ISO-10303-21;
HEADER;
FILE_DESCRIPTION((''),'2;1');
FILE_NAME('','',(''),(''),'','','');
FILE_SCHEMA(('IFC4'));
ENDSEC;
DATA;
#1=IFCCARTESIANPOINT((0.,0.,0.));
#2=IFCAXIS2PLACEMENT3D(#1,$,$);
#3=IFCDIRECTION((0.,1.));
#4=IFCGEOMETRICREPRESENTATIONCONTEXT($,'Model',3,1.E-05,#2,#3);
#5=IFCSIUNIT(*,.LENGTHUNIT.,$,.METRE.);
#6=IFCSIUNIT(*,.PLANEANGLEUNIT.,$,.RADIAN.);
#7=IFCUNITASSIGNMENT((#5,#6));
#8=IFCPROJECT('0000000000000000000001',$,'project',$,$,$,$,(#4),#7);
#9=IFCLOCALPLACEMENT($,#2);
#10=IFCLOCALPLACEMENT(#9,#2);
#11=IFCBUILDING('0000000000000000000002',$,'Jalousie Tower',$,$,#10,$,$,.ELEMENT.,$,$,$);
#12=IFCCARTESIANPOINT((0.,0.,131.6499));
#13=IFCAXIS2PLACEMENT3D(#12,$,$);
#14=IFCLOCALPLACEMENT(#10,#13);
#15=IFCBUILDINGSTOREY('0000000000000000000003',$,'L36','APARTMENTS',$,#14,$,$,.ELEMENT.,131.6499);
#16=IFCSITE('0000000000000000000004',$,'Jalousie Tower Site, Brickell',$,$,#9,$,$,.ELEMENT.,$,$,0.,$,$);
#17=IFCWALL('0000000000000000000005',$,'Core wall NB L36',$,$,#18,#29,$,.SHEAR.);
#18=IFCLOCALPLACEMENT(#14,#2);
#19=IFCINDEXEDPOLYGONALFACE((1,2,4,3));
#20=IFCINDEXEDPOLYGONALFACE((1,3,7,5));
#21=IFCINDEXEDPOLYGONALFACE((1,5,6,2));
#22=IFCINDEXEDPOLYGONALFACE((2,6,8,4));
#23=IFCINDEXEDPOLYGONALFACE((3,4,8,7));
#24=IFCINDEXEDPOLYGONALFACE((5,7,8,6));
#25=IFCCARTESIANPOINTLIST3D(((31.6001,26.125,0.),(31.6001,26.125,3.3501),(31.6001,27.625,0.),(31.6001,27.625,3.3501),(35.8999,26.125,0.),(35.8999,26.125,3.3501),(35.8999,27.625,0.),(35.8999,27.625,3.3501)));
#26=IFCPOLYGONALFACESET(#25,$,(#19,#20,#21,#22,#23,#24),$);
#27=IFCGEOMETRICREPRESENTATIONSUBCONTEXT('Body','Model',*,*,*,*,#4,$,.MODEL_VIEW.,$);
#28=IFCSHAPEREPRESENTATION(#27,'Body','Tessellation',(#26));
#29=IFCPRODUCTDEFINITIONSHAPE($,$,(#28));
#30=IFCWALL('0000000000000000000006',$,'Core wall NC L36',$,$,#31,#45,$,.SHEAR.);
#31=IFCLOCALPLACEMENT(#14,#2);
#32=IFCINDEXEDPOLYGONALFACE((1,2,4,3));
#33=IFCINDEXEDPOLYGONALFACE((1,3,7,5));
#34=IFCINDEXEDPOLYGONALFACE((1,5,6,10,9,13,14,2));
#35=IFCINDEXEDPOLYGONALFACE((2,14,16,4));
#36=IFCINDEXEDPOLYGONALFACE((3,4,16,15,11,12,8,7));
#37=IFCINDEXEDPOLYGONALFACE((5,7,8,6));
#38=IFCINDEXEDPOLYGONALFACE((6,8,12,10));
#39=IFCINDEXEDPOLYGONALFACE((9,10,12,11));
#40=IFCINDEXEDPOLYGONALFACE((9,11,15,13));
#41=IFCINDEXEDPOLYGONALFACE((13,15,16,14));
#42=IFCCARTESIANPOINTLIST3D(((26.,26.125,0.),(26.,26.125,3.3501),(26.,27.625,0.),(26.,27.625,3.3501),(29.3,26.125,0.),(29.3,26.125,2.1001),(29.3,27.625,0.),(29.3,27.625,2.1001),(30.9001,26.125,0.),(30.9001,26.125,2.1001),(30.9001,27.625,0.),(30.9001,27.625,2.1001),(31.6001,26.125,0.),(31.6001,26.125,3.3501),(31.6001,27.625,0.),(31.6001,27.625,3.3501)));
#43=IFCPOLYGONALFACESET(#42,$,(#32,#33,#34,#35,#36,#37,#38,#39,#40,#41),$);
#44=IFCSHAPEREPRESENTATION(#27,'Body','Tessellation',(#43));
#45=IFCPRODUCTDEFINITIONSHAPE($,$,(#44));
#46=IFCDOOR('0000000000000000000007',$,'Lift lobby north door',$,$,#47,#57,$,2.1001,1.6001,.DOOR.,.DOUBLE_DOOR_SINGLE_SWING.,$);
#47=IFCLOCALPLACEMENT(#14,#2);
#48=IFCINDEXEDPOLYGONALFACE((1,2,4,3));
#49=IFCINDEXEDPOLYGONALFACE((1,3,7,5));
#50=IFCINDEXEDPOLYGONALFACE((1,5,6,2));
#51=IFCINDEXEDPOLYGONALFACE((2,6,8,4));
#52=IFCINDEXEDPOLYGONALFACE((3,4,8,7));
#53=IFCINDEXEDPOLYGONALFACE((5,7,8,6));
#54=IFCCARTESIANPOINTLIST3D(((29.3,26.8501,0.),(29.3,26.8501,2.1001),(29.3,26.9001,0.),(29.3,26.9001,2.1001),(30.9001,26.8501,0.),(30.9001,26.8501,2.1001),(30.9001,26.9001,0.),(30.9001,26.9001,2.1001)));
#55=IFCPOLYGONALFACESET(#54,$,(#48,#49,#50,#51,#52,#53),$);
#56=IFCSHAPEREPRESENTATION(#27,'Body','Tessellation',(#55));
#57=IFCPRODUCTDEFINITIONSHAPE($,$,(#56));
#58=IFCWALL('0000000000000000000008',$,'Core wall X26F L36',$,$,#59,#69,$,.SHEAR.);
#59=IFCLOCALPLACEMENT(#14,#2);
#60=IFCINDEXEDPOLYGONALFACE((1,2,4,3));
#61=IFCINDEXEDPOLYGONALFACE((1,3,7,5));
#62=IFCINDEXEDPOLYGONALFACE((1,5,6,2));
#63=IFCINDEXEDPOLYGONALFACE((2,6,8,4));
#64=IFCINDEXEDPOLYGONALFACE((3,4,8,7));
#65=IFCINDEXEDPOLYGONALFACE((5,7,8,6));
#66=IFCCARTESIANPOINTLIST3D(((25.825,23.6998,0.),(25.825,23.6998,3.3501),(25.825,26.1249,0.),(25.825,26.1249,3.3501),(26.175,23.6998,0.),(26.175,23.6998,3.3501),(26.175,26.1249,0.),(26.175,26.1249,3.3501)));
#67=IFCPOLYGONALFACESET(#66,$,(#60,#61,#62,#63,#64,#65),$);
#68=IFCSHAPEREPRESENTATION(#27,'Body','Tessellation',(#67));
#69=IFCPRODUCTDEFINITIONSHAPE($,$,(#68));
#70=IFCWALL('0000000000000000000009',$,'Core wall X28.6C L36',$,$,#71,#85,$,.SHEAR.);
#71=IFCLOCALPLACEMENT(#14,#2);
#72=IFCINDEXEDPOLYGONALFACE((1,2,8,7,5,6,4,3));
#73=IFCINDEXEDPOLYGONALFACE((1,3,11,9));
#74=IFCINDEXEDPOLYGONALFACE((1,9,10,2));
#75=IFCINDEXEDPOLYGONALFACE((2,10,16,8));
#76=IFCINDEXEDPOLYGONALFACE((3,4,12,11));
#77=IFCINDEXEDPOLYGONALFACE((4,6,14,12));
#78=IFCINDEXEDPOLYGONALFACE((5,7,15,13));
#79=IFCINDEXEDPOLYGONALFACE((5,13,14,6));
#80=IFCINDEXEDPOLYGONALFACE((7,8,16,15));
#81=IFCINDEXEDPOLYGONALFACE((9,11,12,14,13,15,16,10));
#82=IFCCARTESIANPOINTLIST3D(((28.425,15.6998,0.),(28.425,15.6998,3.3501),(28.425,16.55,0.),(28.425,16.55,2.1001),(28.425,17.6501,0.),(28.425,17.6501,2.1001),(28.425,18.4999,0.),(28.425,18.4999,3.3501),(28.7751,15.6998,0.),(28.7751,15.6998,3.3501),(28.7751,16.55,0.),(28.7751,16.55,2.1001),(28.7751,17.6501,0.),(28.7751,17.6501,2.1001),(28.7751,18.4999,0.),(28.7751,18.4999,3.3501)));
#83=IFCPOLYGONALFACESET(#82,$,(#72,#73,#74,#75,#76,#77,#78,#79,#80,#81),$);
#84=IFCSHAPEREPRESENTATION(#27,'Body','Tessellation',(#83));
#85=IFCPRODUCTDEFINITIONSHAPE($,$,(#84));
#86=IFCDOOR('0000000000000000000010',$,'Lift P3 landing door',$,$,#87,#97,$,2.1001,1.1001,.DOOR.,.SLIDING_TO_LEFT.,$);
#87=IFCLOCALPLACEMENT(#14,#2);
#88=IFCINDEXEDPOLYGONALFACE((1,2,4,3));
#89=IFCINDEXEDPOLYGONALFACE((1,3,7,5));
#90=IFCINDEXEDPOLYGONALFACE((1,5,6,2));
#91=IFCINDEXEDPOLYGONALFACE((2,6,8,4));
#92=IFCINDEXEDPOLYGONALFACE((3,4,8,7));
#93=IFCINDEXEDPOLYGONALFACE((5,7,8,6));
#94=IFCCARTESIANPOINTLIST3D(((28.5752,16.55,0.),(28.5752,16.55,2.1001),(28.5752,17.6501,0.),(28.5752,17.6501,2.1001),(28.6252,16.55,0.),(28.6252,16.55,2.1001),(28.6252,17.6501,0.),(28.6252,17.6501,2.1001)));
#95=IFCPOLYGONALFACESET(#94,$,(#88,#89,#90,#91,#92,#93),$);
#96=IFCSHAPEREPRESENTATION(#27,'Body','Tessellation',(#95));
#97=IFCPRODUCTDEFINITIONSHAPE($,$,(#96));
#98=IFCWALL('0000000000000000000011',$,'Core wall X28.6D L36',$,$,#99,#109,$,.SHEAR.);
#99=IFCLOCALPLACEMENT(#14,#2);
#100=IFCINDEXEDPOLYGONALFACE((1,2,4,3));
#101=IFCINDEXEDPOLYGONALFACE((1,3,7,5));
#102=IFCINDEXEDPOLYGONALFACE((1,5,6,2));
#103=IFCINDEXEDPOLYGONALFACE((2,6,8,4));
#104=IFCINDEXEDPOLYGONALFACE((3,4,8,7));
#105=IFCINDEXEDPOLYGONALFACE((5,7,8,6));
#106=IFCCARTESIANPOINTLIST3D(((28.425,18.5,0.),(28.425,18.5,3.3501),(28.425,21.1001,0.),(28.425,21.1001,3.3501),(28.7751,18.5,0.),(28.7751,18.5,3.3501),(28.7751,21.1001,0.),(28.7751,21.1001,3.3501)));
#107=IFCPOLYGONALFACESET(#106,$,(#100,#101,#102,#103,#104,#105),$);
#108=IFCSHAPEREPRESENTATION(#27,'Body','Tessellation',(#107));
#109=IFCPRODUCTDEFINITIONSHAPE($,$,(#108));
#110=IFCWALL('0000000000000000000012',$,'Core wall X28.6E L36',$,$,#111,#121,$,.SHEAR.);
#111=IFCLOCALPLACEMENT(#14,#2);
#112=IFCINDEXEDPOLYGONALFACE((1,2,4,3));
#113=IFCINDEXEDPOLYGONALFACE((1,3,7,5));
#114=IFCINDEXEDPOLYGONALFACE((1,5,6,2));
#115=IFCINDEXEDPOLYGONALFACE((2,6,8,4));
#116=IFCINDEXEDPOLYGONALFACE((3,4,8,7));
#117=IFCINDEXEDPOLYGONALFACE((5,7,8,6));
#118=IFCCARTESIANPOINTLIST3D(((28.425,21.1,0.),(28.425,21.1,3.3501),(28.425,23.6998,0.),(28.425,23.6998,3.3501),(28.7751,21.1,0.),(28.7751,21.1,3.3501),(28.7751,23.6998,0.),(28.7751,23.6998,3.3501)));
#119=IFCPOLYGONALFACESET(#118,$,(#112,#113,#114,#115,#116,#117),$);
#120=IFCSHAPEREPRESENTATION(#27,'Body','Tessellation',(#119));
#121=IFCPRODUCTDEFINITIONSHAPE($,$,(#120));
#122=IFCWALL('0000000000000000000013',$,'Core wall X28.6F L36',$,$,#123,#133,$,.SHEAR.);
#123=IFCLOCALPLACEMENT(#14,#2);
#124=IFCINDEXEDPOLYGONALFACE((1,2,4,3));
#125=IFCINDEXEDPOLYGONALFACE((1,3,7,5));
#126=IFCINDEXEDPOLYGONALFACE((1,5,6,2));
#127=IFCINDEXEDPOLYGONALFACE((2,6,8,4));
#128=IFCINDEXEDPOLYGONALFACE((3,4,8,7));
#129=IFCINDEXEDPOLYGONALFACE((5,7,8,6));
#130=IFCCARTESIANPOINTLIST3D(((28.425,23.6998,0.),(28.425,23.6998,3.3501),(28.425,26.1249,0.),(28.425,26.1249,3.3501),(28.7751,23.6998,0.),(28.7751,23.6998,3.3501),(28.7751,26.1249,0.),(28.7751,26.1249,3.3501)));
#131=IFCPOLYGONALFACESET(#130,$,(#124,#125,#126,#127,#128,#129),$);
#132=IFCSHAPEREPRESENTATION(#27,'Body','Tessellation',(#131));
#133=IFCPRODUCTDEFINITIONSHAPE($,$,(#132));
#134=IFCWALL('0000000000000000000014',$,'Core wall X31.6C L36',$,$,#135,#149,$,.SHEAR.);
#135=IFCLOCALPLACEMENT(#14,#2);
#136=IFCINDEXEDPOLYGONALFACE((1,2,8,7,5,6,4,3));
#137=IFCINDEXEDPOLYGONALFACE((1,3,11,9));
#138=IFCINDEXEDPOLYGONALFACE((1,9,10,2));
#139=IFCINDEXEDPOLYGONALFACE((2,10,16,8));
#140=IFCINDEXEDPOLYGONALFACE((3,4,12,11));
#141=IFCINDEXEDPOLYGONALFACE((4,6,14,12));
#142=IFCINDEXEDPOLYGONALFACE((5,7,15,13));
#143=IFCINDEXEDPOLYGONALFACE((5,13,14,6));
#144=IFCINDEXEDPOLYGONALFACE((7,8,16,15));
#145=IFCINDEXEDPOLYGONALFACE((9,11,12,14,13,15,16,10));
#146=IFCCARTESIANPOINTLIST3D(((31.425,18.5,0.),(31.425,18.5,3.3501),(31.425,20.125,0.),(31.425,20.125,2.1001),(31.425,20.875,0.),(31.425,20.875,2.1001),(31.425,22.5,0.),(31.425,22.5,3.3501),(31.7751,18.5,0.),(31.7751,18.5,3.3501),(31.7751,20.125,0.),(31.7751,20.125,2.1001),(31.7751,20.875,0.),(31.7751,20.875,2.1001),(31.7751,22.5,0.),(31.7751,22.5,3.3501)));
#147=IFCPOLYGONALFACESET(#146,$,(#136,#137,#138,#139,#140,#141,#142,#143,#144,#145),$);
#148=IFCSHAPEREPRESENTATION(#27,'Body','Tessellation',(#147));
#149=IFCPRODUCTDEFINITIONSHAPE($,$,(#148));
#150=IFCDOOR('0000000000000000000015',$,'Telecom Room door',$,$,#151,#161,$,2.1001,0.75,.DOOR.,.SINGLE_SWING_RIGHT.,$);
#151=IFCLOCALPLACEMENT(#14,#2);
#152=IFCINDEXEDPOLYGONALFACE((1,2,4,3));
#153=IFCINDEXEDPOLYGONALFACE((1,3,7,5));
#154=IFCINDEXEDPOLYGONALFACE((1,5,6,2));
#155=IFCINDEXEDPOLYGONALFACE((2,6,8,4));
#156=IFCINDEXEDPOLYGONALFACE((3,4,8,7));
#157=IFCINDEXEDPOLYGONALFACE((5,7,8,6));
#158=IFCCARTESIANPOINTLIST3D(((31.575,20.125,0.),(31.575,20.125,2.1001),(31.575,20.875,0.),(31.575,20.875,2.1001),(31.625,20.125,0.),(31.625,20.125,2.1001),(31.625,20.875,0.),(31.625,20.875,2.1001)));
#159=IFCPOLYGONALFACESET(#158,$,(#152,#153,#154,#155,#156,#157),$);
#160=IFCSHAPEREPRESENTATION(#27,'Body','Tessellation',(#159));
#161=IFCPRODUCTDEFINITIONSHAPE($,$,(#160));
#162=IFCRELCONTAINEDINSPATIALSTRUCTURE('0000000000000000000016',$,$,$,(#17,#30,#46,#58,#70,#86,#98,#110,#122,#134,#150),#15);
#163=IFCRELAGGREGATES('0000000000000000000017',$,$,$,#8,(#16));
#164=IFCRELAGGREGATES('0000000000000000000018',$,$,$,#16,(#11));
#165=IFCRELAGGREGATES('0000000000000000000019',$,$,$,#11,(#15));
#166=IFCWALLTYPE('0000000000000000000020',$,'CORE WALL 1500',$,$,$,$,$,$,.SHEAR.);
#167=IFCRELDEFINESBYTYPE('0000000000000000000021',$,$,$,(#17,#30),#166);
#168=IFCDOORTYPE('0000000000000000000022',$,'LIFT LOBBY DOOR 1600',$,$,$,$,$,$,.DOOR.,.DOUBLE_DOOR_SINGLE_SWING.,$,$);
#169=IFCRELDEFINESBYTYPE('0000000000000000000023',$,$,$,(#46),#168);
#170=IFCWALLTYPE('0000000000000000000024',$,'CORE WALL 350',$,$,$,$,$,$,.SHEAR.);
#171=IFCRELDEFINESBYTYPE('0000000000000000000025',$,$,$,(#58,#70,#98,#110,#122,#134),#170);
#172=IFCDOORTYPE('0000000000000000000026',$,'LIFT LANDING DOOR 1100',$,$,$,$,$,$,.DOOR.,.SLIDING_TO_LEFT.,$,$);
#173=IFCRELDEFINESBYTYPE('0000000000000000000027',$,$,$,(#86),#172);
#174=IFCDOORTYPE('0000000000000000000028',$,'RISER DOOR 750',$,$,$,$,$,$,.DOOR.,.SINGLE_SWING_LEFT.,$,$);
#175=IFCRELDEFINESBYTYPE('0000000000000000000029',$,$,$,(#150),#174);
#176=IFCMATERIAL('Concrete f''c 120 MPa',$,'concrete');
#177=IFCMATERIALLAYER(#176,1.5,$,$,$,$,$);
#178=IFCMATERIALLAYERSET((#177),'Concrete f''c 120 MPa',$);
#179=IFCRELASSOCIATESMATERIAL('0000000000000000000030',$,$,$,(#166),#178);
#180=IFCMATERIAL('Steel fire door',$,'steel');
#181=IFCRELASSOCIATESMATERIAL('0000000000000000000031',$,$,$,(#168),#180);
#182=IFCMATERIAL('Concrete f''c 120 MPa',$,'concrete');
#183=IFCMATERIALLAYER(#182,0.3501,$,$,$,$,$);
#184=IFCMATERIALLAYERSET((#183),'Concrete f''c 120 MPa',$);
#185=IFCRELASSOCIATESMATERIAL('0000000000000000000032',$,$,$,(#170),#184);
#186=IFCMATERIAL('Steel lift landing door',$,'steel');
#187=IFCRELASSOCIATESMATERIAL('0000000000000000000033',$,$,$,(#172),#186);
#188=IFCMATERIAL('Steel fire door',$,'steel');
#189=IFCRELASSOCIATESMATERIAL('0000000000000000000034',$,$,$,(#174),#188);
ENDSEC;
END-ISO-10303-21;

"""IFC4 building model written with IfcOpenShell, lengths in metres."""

from ifc_helpers import new_model, si_unit, direction, frame, frame_2d, origin, place, context, subcontext, project, spatial, rectangle, extrude, material, layer, layer_set, type_object, element, fill, save


model = new_model("IFC4")

# Units and contexts
model_context = context("Model", 3, precision=1e-05, world=origin(), true_north=direction((0.0, 1.0)))
body_context = subcontext(model_context, "Body", "Model", "MODEL_VIEW")
ifc_project = project(units=[si_unit("LENGTHUNIT", "METRE"), si_unit("PLANEANGLEUNIT", "RADIAN")], contexts=[model_context])

# Site, building, storey
site_placement = place(None, origin())
site = spatial("IfcSite", under=ifc_project, at=site_placement, Name="Jalousie Tower Site, Brickell", CompositionType="ELEMENT", RefElevation=0.0)
building_placement = place(site_placement, origin())
building = spatial("IfcBuilding", under=site, at=building_placement, Name="Jalousie Tower", CompositionType="ELEMENT")
storey_placement = place(building_placement, frame((0.0, 0.0, 131.6499)))
storey = spatial("IfcBuildingStorey", under=building, at=storey_placement, Name="L36", Description="APARTMENTS", CompositionType="ELEMENT", Elevation=131.6499)

# Wall
ifc_material_1 = material(Name="Concrete f'c 120 MPa", Category="concrete")
ifc_layer_1 = layer(ifc_material_1, 1.5)
ifc_layer_set_1 = layer_set([ifc_layer_1], Name="Concrete f'c 120 MPa")
wall_type_1 = type_object("IfcWallType", Name="CORE WALL 1500", PredefinedType="SHEAR", material=ifc_layer_set_1)
wall_1_placement = place(storey_placement, frame((35.8999, 26.875, 0.0), z_axis=(0.0, 0.0, 1.0), x_axis=(-1.0, 0.0, 0.0)))
element("IfcWall", 1, at=wall_1_placement, inside=storey, type_object=wall_type_1, Name="Core wall NB L36", PredefinedType="SHEAR", context=body_context, shape_type="SweptSolid", body=[
    extrude(rectangle(XDim=4.2998, YDim=1.5, at=frame_2d((2.1499, 0.0))), origin(), (0.0, 0.0, 1.0), 3.3501),
])

# Wall, opening, door
wall_2_placement = place(storey_placement, frame((31.6001, 26.875, 0.0), z_axis=(0.0, 0.0, 1.0), x_axis=(-1.0, 0.0, 0.0)))
wall_2 = element("IfcWall", 2, at=wall_2_placement, inside=storey, type_object=wall_type_1, Name="Core wall NC L36", PredefinedType="SHEAR", context=body_context, shape_type="SweptSolid", body=[
    extrude(rectangle(XDim=5.6001, YDim=1.5, at=frame_2d((2.8, 0.0))), origin(), (0.0, 0.0, 1.0), 3.3501),
])
opening_1_placement = place(wall_2_placement, frame((0.7, 0.0, 0.0)))
opening_1 = element("IfcOpeningElement", 3, at=opening_1_placement, cuts=wall_2, PredefinedType="OPENING", context=body_context, shape_type="SweptSolid", body=[
    extrude(rectangle(XDim=1.6001, YDim=2.1001, at=frame_2d((0.8, 1.05))), frame((0.0, 0.76, 0.0), z_axis=(0.0, -1.0, 0.0), x_axis=(1.0, 0.0, 0.0)), (0.0, 0.0, 1.0), 1.52),
])
ifc_material_2 = material(Name="Steel fire door", Category="steel")
door_type_1 = type_object("IfcDoorType", Name="LIFT LOBBY DOOR 1600", OperationType="DOUBLE_DOOR_SINGLE_SWING", PredefinedType="DOOR", material=ifc_material_2)
door_1_placement = place(opening_1_placement, origin())
door_1 = element("IfcDoor", 4, at=door_1_placement, inside=storey, type_object=door_type_1, Name="Lift lobby north door", OperationType="DOUBLE_DOOR_SINGLE_SWING", OverallHeight=2.1001, OverallWidth=1.6001, PredefinedType="DOOR", context=body_context, shape_type="SweptSolid", body=[
    extrude(rectangle(XDim=1.6001, YDim=2.1001, at=frame_2d((0.8, 1.05))), frame((0.0, 0.0249, 0.0), z_axis=(0.0, -1.0, 0.0), x_axis=(1.0, 0.0, 0.0)), (0.0, 0.0, 1.0), 0.05),
])
fill(opening_1, door_1)

# Wall
ifc_material_3 = material(Name="Concrete f'c 120 MPa", Category="concrete")
ifc_layer_2 = layer(ifc_material_3, 0.3501)
ifc_layer_set_2 = layer_set([ifc_layer_2], Name="Concrete f'c 120 MPa")
wall_type_2 = type_object("IfcWallType", Name="CORE WALL 350", PredefinedType="SHEAR", material=ifc_layer_set_2)
wall_3_placement = place(storey_placement, frame((26.0, 23.7, 0.0), z_axis=(0.0, 0.0, 1.0), x_axis=(0.0, 1.0, 0.0)))
element("IfcWall", 5, at=wall_3_placement, inside=storey, type_object=wall_type_2, Name="Core wall X26F L36", PredefinedType="SHEAR", context=body_context, shape_type="SweptSolid", body=[
    extrude(rectangle(XDim=2.425, YDim=0.3501, at=frame_2d((1.2124, 0.0))), origin(), (0.0, 0.0, 1.0), 3.3501),
])

# Wall, opening, door
wall_4_placement = place(storey_placement, frame((28.6001, 15.7, 0.0), z_axis=(0.0, 0.0, 1.0), x_axis=(0.0, 1.0, 0.0)))
wall_4 = element("IfcWall", 6, at=wall_4_placement, inside=storey, type_object=wall_type_2, Name="Core wall X28.6C L36", PredefinedType="SHEAR", context=body_context, shape_type="SweptSolid", body=[
    extrude(rectangle(XDim=2.8, YDim=0.3501, at=frame_2d((1.3999, 0.0))), origin(), (0.0, 0.0, 1.0), 3.3501),
])
opening_2_placement = place(wall_4_placement, frame((0.8501, 0.0, 0.0)))
opening_2 = element("IfcOpeningElement", 7, at=opening_2_placement, cuts=wall_4, PredefinedType="OPENING", context=body_context, shape_type="SweptSolid", body=[
    extrude(rectangle(XDim=1.1001, YDim=2.1001, at=frame_2d((0.55, 1.05))), frame((0.0, 0.1851, 0.0), z_axis=(0.0, -1.0, 0.0), x_axis=(1.0, 0.0, 0.0)), (0.0, 0.0, 1.0), 0.3701),
])
ifc_material_4 = material(Name="Steel lift landing door", Category="steel")
door_type_2 = type_object("IfcDoorType", Name="LIFT LANDING DOOR 1100", OperationType="SLIDING_TO_LEFT", PredefinedType="DOOR", material=ifc_material_4)
door_2_placement = place(opening_2_placement, origin())
door_2 = element("IfcDoor", 8, at=door_2_placement, inside=storey, type_object=door_type_2, Name="Lift P3 landing door", OperationType="SLIDING_TO_LEFT", OverallHeight=2.1001, OverallWidth=1.1001, PredefinedType="DOOR", context=body_context, shape_type="SweptSolid", body=[
    extrude(rectangle(XDim=1.1001, YDim=2.1001, at=frame_2d((0.55, 1.05))), frame((0.0, 0.0249, 0.0), z_axis=(0.0, -1.0, 0.0), x_axis=(1.0, 0.0, 0.0)), (0.0, 0.0, 1.0), 0.05),
])
fill(opening_2, door_2)

# Walls
wall_5_placement = place(storey_placement, frame((28.6001, 18.5, 0.0), z_axis=(0.0, 0.0, 1.0), x_axis=(0.0, 1.0, 0.0)))
element("IfcWall", 9, at=wall_5_placement, inside=storey, type_object=wall_type_2, Name="Core wall X28.6D L36", PredefinedType="SHEAR", context=body_context, shape_type="SweptSolid", body=[
    extrude(rectangle(XDim=2.6001, YDim=0.3501, at=frame_2d((1.3, 0.0))), origin(), (0.0, 0.0, 1.0), 3.3501),
])
wall_6_placement = place(storey_placement, frame((28.6001, 21.1001, 0.0), z_axis=(0.0, 0.0, 1.0), x_axis=(0.0, 1.0, 0.0)))
element("IfcWall", 10, at=wall_6_placement, inside=storey, type_object=wall_type_2, Name="Core wall X28.6E L36", PredefinedType="SHEAR", context=body_context, shape_type="SweptSolid", body=[
    extrude(rectangle(XDim=2.5999, YDim=0.3501, at=frame_2d((1.2998, 0.0))), origin(), (0.0, 0.0, 1.0), 3.3501),
])
wall_7_placement = place(storey_placement, frame((28.6001, 23.7, 0.0), z_axis=(0.0, 0.0, 1.0), x_axis=(0.0, 1.0, 0.0)))
element("IfcWall", 11, at=wall_7_placement, inside=storey, type_object=wall_type_2, Name="Core wall X28.6F L36", PredefinedType="SHEAR", context=body_context, shape_type="SweptSolid", body=[
    extrude(rectangle(XDim=2.425, YDim=0.3501, at=frame_2d((1.2124, 0.0))), origin(), (0.0, 0.0, 1.0), 3.3501),
])

# Wall, opening, door
wall_8_placement = place(storey_placement, frame((31.6001, 18.5, 0.0), z_axis=(0.0, 0.0, 1.0), x_axis=(0.0, 1.0, 0.0)))
wall_8 = element("IfcWall", 12, at=wall_8_placement, inside=storey, type_object=wall_type_2, Name="Core wall X31.6C L36", PredefinedType="SHEAR", context=body_context, shape_type="SweptSolid", body=[
    extrude(rectangle(XDim=4.0, YDim=0.3501, at=frame_2d((2.0, 0.0))), origin(), (0.0, 0.0, 1.0), 3.3501),
])
opening_3_placement = place(wall_8_placement, frame((1.625, 0.0, 0.0)))
opening_3 = element("IfcOpeningElement", 13, at=opening_3_placement, cuts=wall_8, PredefinedType="OPENING", context=body_context, shape_type="SweptSolid", body=[
    extrude(rectangle(XDim=0.75, YDim=2.1001, at=frame_2d((0.375, 1.05))), frame((0.0, 0.1851, 0.0), z_axis=(0.0, -1.0, 0.0), x_axis=(1.0, 0.0, 0.0)), (0.0, 0.0, 1.0), 0.3701),
])
ifc_material_5 = material(Name="Steel fire door", Category="steel")
door_type_3 = type_object("IfcDoorType", Name="RISER DOOR 750", OperationType="SINGLE_SWING_LEFT", PredefinedType="DOOR", material=ifc_material_5)
door_3_placement = place(opening_3_placement, frame((0.75, 0.0, 0.0), z_axis=(0.0, 0.0, 1.0), x_axis=(-1.0, 0.0, 0.0)))
door_3 = element("IfcDoor", 14, at=door_3_placement, inside=storey, type_object=door_type_3, Name="Telecom Room door", OperationType="SINGLE_SWING_RIGHT", OverallHeight=2.1001, OverallWidth=0.75, PredefinedType="DOOR", context=body_context, shape_type="SweptSolid", body=[
    extrude(rectangle(XDim=0.75, YDim=2.1001, at=frame_2d((0.375, 1.05))), frame((0.0, 0.0249, 0.0), z_axis=(0.0, -1.0, 0.0), x_axis=(1.0, 0.0, 0.0)), (0.0, 0.0, 1.0), 0.05),
])
fill(opening_3, door_3)

save(model, "model.ifc")
